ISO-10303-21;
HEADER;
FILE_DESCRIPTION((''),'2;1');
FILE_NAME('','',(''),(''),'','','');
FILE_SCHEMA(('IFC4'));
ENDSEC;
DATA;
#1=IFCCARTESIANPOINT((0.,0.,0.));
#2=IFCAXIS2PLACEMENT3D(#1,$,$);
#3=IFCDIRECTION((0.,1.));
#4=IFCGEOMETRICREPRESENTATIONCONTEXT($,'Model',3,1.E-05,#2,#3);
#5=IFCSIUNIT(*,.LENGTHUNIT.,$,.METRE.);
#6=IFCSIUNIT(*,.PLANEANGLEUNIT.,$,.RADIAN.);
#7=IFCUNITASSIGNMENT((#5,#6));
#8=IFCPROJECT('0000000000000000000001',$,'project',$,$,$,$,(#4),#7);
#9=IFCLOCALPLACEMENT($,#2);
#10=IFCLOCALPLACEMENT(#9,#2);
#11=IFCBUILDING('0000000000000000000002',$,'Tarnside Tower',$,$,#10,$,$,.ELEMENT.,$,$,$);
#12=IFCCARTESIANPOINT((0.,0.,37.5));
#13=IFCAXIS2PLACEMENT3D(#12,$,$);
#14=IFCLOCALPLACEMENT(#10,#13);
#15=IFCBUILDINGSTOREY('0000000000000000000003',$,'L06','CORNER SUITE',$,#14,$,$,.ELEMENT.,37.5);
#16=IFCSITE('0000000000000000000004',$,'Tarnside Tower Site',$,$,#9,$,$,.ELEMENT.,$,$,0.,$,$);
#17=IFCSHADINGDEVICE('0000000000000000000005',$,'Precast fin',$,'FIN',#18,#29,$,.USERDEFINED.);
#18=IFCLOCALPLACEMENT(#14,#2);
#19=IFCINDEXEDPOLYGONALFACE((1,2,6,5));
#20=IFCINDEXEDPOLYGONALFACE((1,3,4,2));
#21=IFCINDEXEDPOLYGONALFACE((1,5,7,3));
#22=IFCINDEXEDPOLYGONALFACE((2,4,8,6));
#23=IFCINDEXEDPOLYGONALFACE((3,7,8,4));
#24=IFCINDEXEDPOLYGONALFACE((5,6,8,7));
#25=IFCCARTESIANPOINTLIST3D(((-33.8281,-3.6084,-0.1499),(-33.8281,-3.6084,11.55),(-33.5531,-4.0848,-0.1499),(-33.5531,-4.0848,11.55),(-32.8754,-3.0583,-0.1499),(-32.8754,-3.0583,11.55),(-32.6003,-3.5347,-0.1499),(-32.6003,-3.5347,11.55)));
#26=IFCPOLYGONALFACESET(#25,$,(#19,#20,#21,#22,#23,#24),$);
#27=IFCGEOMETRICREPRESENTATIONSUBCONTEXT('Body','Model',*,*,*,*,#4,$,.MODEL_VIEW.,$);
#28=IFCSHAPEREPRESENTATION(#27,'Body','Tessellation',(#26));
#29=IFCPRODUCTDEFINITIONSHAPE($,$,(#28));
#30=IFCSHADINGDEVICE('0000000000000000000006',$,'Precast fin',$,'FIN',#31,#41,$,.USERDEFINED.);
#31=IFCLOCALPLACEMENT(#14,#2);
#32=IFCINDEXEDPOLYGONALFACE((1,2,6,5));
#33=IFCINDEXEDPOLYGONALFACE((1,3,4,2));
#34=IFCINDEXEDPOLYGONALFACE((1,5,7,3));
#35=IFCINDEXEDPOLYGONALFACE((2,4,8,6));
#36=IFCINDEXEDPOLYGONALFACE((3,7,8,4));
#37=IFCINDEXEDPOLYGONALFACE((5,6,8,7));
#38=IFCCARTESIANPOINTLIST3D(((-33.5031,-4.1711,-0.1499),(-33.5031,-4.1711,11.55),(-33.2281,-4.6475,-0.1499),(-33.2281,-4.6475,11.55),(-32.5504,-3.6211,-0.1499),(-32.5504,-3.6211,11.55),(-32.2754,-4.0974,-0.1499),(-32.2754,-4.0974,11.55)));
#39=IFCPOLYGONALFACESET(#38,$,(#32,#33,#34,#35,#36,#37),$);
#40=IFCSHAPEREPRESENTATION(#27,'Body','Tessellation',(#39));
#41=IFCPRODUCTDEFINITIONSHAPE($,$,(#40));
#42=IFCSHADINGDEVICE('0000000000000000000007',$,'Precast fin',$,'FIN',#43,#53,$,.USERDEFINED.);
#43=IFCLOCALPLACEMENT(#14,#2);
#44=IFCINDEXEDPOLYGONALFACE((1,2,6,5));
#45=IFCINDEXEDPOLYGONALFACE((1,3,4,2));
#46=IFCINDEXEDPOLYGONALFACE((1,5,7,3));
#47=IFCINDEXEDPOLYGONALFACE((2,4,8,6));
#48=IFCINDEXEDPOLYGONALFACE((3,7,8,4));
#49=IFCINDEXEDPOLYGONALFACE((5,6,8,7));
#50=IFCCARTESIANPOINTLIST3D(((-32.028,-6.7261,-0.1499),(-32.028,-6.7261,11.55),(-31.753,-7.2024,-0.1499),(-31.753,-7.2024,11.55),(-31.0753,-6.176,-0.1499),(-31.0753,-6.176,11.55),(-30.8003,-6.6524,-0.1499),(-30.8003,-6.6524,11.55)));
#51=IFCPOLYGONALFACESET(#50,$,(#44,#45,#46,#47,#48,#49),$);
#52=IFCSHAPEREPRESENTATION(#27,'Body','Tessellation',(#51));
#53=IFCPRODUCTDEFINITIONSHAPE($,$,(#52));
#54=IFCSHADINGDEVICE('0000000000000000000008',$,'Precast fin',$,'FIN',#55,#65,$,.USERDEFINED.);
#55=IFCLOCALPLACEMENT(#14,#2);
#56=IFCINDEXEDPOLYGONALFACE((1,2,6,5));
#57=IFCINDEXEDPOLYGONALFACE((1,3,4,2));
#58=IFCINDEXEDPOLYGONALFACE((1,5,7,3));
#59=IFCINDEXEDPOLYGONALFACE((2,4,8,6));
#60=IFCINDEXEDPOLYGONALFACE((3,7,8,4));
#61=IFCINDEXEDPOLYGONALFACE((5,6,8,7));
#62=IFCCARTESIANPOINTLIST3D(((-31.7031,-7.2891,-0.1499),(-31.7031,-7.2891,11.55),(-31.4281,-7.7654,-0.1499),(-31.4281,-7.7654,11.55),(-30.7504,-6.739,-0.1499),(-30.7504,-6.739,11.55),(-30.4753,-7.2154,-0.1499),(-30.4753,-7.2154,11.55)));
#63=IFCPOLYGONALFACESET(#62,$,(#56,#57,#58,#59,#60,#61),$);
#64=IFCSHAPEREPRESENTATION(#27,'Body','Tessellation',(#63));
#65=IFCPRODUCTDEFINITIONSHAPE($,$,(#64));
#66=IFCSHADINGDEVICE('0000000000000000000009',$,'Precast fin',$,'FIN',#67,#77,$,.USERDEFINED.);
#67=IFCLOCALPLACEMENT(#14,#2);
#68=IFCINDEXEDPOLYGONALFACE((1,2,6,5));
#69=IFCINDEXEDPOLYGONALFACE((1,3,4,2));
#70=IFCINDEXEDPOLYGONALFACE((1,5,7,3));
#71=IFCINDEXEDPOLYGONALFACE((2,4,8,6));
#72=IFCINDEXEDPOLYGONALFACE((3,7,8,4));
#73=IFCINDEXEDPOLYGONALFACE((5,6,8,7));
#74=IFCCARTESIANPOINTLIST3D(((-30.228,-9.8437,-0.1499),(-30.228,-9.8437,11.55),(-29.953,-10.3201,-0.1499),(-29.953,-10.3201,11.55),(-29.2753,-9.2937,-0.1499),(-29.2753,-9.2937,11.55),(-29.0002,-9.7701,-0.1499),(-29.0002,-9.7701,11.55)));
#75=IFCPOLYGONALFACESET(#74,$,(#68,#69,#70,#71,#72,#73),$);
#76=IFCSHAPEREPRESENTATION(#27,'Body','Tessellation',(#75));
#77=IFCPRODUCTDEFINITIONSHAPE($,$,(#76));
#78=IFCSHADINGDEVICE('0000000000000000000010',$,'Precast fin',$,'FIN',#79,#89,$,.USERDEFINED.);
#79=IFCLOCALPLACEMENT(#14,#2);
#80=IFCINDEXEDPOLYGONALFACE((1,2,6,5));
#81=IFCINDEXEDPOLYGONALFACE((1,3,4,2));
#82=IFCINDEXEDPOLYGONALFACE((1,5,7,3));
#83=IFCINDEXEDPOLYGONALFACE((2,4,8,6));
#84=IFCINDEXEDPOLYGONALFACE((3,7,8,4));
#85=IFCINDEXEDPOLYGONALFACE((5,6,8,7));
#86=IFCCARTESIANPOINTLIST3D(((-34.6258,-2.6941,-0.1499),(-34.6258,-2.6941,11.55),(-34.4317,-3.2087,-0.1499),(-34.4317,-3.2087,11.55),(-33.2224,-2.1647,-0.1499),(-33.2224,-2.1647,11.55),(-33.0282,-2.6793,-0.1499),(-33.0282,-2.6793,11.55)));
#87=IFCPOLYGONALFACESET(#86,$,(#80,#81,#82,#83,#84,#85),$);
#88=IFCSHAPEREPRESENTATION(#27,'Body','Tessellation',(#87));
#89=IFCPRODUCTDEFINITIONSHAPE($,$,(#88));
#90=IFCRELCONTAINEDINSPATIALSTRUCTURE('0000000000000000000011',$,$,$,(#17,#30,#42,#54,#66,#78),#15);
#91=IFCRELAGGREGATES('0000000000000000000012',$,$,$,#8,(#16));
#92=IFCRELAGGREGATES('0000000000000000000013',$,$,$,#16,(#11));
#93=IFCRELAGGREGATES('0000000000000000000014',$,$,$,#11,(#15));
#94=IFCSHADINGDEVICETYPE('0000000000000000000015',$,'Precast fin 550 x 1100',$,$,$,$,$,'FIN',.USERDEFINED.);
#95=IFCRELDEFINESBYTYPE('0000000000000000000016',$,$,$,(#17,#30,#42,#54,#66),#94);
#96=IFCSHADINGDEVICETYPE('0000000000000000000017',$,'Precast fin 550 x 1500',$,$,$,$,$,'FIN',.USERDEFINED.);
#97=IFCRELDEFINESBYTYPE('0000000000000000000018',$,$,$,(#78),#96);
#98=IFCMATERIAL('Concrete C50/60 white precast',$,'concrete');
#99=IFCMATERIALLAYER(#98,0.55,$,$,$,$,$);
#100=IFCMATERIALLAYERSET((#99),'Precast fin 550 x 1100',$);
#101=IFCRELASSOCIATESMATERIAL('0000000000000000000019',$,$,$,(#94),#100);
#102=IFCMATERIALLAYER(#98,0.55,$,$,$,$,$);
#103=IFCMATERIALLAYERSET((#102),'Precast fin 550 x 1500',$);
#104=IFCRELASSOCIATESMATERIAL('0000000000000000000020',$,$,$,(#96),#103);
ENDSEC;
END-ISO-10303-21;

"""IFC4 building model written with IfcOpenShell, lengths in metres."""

from ifc_helpers import new_model, si_unit, direction, frame, origin, place, context, subcontext, project, spatial, polyline, outline, extrude, material, layer, layer_set, type_object, element, save


model = new_model("IFC4")

# Units and contexts
model_context = context("Model", 3, precision=1e-05, world=origin(), true_north=direction((0.0, 1.0)))
body_context = subcontext(model_context, "Body", "Model", "MODEL_VIEW")
ifc_project = project(units=[si_unit("LENGTHUNIT", "METRE"), si_unit("PLANEANGLEUNIT", "RADIAN")], contexts=[model_context])

# Site, building, storey
site_placement = place(None, origin())
site = spatial("IfcSite", under=ifc_project, at=site_placement, Name="Tarnside Tower Site", CompositionType="ELEMENT", RefElevation=0.0)
building_placement = place(site_placement, origin())
building = spatial("IfcBuilding", under=site, at=building_placement, Name="Tarnside Tower", CompositionType="ELEMENT")
storey_placement = place(building_placement, frame((0.0, 0.0, 37.5)))
storey = spatial("IfcBuildingStorey", under=building, at=storey_placement, Name="L06", Description="CORNER SUITE", CompositionType="ELEMENT", Elevation=37.5)

# Shading devices
ifc_material_1 = material(Name="Concrete C50/60 white precast", Category="concrete")
ifc_layer_1 = layer(ifc_material_1, 0.55)
ifc_layer_set_1 = layer_set([ifc_layer_1], Name="Precast fin 550 x 1100")
shading_device_type_1 = type_object("IfcShadingDeviceType", Name="Precast fin 550 x 1100", ElementType="FIN", PredefinedType="USERDEFINED", material=ifc_layer_set_1)
for number, where, z_axis, x_axis, name in (
    (1, (-32.7378, -3.2966, -0.1499), (-0.5, 0.866025, 0.0), (-0.866025, -0.5, 0.0), "Precast fin"),
    (2, (-32.4128, -3.8594, -0.1499), (-0.5, 0.866025, 0.0), (-0.866025, -0.5, 0.0), "Precast fin"),
    (3, (-30.9377, -6.4143, -0.1499), (-0.5, 0.866025, 0.0), (-0.866025, -0.5, 0.0), "Precast fin"),
    (4, (-30.6128, -6.9773, -0.1499), (-0.5, 0.866025, 0.0), (-0.866025, -0.5, 0.0), "Precast fin"),
    (5, (-29.1377, -9.532, -0.1499), (-0.5, 0.866025, 0.0), (-0.866025, -0.5, 0.0), "Precast fin"),
):
    element("IfcShadingDevice", number, at=place(storey_placement, frame(where, z_axis=z_axis, x_axis=x_axis)), inside=storey, type_object=shading_device_type_1, Name=name, ObjectType="FIN", PredefinedType="USERDEFINED", context=body_context, shape_type="SweptSolid", body=[
        extrude(outline(polyline([(0.0, 0.0), (1.1001, 0.0), (1.1001, 11.7), (0.0, 11.7), (0.0, 0.0)])), frame((0.0, 0.0, -0.2749)), (0.0, 0.0, 1.0), 0.55),
    ])
ifc_layer_2 = layer(ifc_material_1, 0.55)
ifc_layer_set_2 = layer_set([ifc_layer_2], Name="Precast fin 550 x 1500")
shading_device_type_2 = type_object("IfcShadingDeviceType", Name="Precast fin 550 x 1500", ElementType="FIN", PredefinedType="USERDEFINED", material=ifc_layer_set_2)
shading_device_placement = place(storey_placement, frame((-33.1252, -2.4221, -0.1499), z_axis=(-0.352931, 0.93565, 0.0), x_axis=(-0.93565, -0.352931, 0.0)))
element("IfcShadingDevice", 6, at=shading_device_placement, inside=storey, type_object=shading_device_type_2, Name="Precast fin", ObjectType="FIN", PredefinedType="USERDEFINED", context=body_context, shape_type="SweptSolid", body=[
    extrude(outline(polyline([(0.0, 0.0), (1.5, 0.0), (1.5, 11.7), (0.0, 11.7), (0.0, 0.0)])), frame((0.0, 0.0, -0.2749)), (0.0, 0.0, 1.0), 0.55),
])

save(model, "model.ifc")
